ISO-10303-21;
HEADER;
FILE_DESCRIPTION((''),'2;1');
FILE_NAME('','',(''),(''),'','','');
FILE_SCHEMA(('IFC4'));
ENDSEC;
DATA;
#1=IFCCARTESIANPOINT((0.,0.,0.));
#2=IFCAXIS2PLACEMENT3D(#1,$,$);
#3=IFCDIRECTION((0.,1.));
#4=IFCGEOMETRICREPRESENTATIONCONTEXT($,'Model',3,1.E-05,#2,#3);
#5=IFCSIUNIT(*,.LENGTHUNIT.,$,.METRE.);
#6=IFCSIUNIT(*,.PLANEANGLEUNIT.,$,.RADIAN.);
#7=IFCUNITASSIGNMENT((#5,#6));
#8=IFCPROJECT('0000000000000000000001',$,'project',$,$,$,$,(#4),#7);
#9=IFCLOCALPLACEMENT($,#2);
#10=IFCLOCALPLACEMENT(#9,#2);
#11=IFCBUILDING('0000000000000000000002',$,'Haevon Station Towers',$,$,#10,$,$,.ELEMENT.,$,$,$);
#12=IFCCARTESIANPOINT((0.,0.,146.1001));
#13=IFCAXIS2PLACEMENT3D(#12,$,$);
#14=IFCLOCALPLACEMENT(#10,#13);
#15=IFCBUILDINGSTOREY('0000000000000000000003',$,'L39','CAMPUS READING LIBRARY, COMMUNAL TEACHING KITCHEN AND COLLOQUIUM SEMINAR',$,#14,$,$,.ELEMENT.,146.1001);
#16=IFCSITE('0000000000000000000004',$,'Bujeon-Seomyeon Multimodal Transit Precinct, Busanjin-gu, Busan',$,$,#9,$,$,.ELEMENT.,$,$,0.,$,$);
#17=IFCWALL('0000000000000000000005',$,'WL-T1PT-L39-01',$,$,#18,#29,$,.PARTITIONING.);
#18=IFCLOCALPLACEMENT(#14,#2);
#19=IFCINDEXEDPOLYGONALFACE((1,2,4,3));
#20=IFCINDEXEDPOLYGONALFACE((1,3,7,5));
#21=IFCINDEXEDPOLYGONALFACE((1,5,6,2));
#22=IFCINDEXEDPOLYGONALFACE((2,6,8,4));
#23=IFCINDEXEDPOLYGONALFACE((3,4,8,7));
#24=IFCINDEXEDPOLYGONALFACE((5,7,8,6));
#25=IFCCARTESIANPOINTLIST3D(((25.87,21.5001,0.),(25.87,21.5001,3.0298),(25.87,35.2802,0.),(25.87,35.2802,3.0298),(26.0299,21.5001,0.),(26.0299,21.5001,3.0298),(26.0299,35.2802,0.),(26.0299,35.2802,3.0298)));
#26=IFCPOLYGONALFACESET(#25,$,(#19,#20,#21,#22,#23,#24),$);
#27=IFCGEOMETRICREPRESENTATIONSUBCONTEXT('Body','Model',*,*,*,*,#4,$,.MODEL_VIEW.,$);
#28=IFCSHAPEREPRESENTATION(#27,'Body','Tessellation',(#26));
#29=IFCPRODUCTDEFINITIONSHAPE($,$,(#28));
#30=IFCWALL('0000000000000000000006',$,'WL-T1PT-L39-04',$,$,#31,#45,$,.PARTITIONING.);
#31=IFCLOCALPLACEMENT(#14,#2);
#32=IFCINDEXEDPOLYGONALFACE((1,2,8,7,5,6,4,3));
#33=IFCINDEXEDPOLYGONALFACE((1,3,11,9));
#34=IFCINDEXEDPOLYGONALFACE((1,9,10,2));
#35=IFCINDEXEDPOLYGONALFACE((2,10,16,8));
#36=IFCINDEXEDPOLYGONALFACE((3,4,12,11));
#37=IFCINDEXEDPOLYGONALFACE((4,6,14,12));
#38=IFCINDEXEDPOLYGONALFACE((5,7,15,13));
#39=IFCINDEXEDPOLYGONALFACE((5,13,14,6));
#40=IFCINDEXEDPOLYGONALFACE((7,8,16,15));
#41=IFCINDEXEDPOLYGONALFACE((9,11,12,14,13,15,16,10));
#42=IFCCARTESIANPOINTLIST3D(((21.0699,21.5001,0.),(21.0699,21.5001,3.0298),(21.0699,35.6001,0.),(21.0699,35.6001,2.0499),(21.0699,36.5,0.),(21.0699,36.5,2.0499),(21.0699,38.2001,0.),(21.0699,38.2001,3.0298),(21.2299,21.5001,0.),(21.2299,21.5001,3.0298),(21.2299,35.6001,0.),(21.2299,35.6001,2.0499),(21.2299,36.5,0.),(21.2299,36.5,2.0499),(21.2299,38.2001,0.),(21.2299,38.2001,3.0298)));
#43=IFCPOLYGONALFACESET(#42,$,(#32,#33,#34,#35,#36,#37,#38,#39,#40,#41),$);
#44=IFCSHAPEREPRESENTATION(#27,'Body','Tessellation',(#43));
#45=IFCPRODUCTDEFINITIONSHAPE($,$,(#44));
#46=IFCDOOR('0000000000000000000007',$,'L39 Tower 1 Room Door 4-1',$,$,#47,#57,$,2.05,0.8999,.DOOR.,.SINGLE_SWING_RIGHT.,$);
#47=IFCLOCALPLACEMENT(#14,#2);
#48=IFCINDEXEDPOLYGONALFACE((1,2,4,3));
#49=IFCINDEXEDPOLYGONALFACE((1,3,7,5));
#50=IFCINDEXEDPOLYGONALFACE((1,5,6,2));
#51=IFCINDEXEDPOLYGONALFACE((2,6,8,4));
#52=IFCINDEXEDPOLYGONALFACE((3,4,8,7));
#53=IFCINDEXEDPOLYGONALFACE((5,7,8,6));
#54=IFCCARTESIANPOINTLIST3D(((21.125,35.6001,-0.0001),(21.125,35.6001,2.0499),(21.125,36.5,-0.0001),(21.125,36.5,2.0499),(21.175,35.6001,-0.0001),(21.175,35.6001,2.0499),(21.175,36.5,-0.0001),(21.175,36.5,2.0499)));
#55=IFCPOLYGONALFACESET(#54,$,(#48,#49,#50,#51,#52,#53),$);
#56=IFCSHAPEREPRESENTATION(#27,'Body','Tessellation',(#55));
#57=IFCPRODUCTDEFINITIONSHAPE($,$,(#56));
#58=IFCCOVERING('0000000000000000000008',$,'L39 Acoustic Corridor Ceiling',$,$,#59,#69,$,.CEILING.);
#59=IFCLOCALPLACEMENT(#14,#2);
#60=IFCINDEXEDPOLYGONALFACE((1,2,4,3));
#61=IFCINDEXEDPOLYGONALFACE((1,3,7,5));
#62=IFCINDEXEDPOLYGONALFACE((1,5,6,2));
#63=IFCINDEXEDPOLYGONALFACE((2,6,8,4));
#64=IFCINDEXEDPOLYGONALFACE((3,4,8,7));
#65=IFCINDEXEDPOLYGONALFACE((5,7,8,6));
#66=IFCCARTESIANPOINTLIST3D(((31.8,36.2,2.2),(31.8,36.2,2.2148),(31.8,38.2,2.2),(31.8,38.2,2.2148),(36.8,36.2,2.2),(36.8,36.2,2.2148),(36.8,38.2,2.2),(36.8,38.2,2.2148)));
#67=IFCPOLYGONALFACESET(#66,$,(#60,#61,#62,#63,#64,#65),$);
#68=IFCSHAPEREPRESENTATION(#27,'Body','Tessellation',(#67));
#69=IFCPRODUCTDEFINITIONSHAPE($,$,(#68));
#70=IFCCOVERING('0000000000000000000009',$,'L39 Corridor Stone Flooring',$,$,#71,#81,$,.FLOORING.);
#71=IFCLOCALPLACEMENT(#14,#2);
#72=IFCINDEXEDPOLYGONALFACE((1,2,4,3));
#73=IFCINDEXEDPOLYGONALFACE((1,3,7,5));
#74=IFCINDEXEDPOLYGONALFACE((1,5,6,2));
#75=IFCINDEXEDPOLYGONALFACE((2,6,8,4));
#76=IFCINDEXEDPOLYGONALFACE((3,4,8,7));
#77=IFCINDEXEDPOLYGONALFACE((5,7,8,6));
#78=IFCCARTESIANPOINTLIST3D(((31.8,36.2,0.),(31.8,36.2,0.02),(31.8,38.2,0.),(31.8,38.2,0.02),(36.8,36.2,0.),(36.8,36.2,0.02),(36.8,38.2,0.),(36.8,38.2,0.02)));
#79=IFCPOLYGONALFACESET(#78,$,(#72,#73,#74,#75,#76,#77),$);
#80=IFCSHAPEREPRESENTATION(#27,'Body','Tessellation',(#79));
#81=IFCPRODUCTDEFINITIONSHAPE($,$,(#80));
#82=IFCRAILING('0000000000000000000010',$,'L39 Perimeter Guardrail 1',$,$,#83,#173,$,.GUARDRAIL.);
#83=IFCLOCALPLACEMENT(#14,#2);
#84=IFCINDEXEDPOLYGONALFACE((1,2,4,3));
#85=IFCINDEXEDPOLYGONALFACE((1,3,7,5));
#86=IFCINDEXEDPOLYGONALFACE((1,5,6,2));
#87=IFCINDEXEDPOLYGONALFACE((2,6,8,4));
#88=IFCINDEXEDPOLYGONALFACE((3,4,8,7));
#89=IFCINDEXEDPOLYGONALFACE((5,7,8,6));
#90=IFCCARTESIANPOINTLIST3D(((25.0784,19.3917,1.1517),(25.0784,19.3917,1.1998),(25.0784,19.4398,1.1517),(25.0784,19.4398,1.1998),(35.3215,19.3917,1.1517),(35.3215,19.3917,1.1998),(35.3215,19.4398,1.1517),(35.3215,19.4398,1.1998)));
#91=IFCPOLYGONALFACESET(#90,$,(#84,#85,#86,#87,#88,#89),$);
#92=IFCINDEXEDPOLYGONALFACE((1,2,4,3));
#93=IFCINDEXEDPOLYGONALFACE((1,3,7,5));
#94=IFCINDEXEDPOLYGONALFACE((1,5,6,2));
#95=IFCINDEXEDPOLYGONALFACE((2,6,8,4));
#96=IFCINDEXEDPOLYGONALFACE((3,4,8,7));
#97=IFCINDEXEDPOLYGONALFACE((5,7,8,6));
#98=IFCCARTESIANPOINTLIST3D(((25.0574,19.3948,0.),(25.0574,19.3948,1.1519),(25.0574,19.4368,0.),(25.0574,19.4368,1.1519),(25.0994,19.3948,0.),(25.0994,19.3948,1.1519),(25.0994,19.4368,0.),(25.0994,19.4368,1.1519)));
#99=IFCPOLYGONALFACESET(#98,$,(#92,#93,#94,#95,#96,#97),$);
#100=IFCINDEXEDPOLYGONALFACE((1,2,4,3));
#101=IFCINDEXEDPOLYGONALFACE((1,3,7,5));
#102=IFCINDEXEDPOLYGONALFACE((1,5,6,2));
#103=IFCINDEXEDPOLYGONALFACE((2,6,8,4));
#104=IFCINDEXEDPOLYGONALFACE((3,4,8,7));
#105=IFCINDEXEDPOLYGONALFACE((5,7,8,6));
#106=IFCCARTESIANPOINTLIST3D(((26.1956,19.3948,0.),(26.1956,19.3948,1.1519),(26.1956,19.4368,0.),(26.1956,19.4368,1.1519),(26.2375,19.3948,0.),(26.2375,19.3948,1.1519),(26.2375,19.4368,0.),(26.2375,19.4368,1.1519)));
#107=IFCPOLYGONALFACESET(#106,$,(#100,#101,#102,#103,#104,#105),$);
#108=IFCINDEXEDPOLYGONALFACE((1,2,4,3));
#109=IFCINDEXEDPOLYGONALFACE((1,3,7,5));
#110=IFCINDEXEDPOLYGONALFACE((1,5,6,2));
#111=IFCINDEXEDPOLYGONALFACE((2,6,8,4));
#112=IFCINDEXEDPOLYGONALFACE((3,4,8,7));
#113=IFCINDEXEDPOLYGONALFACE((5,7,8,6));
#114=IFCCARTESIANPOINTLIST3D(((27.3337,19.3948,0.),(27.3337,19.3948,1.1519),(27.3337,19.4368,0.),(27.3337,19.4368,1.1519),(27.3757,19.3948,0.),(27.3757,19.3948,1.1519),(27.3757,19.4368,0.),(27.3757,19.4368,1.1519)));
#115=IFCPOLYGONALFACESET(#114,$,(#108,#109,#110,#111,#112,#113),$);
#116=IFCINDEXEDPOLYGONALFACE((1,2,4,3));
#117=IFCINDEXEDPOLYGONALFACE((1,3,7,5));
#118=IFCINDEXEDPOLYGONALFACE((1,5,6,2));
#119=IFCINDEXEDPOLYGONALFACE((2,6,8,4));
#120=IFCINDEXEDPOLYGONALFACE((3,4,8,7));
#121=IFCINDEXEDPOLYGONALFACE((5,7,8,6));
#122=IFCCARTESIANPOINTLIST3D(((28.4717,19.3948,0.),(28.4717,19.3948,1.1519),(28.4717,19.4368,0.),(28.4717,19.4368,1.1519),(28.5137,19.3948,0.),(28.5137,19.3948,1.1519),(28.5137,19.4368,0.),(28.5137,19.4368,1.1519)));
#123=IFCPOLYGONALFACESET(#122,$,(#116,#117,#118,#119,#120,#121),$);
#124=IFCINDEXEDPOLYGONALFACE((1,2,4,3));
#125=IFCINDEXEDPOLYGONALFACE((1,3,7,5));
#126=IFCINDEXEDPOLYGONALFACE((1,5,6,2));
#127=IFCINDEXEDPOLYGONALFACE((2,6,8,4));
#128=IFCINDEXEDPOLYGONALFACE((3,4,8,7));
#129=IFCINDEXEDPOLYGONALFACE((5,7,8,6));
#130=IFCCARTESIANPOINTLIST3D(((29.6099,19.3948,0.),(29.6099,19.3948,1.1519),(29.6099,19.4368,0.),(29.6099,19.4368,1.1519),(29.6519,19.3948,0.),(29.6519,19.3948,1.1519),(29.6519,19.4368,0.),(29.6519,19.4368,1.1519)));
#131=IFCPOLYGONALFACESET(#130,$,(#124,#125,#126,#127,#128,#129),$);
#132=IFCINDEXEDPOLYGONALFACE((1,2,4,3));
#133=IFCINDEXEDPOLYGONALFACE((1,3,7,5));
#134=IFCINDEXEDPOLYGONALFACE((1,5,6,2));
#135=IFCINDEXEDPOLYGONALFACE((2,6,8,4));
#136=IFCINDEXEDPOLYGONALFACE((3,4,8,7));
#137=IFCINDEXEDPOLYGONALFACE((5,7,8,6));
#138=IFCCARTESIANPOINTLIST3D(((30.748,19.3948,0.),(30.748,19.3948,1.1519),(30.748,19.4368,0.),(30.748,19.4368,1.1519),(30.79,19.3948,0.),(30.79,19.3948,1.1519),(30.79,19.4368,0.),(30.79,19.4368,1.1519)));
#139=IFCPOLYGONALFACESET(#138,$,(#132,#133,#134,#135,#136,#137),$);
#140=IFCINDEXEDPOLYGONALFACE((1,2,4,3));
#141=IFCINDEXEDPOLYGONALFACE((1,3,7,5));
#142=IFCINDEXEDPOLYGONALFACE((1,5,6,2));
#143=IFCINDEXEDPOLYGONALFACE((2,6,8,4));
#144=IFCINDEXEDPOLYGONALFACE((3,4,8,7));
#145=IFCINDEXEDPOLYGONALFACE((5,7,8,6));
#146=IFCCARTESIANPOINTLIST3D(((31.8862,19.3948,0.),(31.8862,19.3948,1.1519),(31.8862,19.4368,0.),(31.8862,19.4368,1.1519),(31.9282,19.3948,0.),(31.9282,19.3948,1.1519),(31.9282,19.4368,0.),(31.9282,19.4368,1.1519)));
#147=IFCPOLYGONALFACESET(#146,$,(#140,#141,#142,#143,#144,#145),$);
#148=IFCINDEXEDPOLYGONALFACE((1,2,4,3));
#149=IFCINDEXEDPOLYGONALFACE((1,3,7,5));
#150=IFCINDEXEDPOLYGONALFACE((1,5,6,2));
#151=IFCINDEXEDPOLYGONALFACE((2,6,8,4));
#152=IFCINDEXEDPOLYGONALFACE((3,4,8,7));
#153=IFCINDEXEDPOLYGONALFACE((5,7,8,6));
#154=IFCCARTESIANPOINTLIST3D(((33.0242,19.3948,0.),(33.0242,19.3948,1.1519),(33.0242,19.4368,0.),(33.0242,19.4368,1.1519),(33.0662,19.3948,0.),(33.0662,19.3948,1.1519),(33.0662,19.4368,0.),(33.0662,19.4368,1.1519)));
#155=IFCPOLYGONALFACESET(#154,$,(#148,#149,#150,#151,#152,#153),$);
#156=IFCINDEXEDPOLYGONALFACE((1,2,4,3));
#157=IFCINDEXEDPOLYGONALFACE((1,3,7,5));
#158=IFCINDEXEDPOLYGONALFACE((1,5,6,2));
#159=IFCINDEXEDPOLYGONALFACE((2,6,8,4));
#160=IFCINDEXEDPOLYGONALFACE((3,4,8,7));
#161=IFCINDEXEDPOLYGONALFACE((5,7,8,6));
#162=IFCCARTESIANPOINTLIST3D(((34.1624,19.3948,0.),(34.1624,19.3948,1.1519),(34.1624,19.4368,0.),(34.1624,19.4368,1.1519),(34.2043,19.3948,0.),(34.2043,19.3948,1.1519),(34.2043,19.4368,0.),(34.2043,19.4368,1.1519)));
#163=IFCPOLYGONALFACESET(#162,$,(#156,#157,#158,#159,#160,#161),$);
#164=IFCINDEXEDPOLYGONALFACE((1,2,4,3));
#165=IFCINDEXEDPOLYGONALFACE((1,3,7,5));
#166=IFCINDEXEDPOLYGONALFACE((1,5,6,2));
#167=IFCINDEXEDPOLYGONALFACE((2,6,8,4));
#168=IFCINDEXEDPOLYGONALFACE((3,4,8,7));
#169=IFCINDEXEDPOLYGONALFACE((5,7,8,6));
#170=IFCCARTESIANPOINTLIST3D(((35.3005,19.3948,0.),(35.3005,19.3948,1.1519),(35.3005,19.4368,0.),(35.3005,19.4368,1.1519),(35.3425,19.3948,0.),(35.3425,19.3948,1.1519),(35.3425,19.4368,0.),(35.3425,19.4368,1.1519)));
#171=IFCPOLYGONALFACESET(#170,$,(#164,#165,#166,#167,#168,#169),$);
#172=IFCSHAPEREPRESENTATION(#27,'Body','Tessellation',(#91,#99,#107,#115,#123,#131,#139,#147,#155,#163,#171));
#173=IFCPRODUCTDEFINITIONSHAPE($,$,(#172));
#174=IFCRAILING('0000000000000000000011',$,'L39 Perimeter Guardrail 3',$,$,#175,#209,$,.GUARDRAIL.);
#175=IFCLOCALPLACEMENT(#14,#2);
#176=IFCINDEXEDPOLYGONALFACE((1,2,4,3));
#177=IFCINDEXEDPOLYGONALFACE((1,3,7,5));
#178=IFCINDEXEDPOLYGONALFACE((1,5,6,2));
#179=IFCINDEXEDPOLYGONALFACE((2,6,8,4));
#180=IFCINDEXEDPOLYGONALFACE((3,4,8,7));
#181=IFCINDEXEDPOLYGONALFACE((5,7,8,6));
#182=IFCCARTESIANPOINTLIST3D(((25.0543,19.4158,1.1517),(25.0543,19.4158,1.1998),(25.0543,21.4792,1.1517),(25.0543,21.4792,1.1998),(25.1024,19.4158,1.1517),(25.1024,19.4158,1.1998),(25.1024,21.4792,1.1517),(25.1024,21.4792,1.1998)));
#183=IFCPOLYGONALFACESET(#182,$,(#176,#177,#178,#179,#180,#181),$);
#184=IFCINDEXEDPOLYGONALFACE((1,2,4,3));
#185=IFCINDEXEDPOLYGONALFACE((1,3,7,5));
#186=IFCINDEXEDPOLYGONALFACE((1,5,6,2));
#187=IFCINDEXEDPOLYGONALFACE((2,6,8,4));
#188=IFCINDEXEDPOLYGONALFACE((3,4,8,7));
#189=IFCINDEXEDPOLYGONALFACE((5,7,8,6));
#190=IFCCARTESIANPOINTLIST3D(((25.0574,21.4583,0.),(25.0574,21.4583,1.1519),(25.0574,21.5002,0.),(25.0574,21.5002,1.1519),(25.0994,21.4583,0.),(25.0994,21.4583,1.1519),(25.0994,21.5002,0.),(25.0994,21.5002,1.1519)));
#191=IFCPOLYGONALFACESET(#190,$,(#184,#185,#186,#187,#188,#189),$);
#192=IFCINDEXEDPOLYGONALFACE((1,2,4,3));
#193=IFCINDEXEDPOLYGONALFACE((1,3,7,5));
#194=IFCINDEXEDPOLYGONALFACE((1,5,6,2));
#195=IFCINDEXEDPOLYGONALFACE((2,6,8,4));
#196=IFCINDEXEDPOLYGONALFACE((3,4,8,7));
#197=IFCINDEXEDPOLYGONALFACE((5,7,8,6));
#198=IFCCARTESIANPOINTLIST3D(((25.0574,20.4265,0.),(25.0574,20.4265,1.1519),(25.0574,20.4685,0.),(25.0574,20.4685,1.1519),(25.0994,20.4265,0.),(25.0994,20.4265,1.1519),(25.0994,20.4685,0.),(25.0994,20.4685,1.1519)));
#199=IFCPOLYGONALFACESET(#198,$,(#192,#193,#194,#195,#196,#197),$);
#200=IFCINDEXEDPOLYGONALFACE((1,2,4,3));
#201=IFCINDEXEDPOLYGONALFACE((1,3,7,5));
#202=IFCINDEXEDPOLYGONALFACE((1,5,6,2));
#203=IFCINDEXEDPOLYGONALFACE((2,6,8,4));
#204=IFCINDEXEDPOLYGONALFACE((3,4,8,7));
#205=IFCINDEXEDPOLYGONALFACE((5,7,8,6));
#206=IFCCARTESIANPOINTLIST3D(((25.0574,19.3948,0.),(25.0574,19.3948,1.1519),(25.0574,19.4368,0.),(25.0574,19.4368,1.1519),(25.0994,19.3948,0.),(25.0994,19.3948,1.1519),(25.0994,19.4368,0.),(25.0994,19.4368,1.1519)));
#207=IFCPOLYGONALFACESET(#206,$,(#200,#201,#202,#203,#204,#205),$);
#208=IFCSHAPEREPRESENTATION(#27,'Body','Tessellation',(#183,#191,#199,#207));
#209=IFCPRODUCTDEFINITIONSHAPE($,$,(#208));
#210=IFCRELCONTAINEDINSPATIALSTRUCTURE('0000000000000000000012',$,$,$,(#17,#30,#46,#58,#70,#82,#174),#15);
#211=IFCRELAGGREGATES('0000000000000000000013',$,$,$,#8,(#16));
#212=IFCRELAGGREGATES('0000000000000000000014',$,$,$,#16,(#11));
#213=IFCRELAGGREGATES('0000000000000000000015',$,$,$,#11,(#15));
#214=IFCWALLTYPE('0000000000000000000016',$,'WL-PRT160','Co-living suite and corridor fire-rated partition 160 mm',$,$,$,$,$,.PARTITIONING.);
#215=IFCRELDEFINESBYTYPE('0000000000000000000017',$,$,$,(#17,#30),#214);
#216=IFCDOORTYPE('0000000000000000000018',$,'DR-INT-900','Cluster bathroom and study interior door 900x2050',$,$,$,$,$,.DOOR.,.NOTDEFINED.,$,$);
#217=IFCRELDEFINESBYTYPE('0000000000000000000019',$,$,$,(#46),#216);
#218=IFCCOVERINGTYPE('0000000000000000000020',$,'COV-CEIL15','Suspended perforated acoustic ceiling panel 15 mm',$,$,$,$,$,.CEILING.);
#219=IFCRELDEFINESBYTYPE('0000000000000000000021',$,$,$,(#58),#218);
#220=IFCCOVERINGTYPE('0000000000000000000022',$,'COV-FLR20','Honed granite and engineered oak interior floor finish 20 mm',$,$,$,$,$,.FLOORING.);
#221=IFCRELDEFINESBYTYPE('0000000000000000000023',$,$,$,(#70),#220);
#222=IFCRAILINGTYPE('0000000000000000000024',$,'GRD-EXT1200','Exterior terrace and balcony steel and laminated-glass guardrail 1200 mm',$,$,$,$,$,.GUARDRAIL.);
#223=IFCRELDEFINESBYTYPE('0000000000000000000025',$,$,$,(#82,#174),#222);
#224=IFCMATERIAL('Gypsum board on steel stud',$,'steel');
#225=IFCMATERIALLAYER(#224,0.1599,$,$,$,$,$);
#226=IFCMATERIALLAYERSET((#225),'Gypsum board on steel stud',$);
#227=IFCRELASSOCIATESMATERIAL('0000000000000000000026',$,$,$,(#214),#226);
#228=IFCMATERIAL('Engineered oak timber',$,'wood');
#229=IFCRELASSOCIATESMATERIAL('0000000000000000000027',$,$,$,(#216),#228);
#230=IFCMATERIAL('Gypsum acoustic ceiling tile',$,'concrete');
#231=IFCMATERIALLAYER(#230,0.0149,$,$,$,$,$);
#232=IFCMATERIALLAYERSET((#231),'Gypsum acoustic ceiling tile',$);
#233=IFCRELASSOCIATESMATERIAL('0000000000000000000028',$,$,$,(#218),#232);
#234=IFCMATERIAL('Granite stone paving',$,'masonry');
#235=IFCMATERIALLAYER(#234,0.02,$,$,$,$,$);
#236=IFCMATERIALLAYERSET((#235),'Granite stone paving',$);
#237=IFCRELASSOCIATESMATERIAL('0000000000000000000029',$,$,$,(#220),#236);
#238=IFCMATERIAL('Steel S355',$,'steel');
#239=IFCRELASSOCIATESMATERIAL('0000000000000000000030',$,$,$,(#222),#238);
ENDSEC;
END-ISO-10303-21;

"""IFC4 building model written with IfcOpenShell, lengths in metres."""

from ifc_helpers import new_model, si_unit, direction, frame, frame_2d, origin, origin_2d, place, context, subcontext, project, spatial, polyline, rectangle, outline, extrude, material, layer, layer_set, type_object, element, fill, save


model = new_model("IFC4")

# Units and contexts
model_context = context("Model", 3, precision=1e-05, world=origin(), true_north=direction((0.0, 1.0)))
body_context = subcontext(model_context, "Body", "Model", "MODEL_VIEW")
ifc_project = project(units=[si_unit("LENGTHUNIT", "METRE"), si_unit("PLANEANGLEUNIT", "RADIAN")], contexts=[model_context])

# Site, building, storey
site_placement = place(None, origin())
site = spatial("IfcSite", under=ifc_project, at=site_placement, Name="Bujeon-Seomyeon Multimodal Transit Precinct, Busanjin-gu, Busan", CompositionType="ELEMENT", RefElevation=0.0)
building_placement = place(site_placement, origin())
building = spatial("IfcBuilding", under=site, at=building_placement, Name="Haevon Station Towers", CompositionType="ELEMENT")
storey_placement = place(building_placement, frame((0.0, 0.0, 146.1001)))
storey = spatial("IfcBuildingStorey", under=building, at=storey_placement, Name="L39", Description="CAMPUS READING LIBRARY, COMMUNAL TEACHING KITCHEN AND COLLOQUIUM SEMINAR", CompositionType="ELEMENT", Elevation=146.1001)

# Shared definitions
ifc_material_1 = material(Name="Steel S355", Category="steel")

# Wall
ifc_material_2 = material(Name="Gypsum board on steel stud", Category="steel")
ifc_layer_1 = layer(ifc_material_2, 0.1599)
ifc_layer_set_1 = layer_set([ifc_layer_1], Name="Gypsum board on steel stud")
wall_type_1 = type_object("IfcWallType", Name="WL-PRT160", Description="Co-living suite and corridor fire-rated partition 160 mm", PredefinedType="PARTITIONING", material=ifc_layer_set_1)
wall_1_placement = place(storey_placement, frame((25.95, 21.5, 0.0), z_axis=(0.0, 0.0, 1.0), x_axis=(0.0, 1.0, 0.0)))
element("IfcWall", 1, at=wall_1_placement, inside=storey, type_object=wall_type_1, Name="WL-T1PT-L39-01", PredefinedType="PARTITIONING", context=body_context, shape_type="SweptSolid", body=[
    extrude(rectangle(XDim=13.78, YDim=0.1599, at=frame_2d((6.8901, 0.0))), origin(), (0.0, 0.0, 1.0), 3.0298),
])

# Wall, opening, door
wall_2_placement = place(storey_placement, frame((21.1499, 21.5, 0.0), z_axis=(0.0, 0.0, 1.0), x_axis=(0.0, 1.0, 0.0)))
wall_2 = element("IfcWall", 2, at=wall_2_placement, inside=storey, type_object=wall_type_1, Name="WL-T1PT-L39-04", PredefinedType="PARTITIONING", context=body_context, shape_type="SweptSolid", body=[
    extrude(rectangle(XDim=16.7, YDim=0.1599, at=frame_2d((8.3501, 0.0))), origin(), (0.0, 0.0, 1.0), 3.0298),
])
opening_placement = place(wall_2_placement, frame((14.1001, 0.0, 0.0)))
opening = element("IfcOpeningElement", 3, at=opening_placement, cuts=wall_2, PredefinedType="OPENING", context=body_context, shape_type="SweptSolid", body=[
    extrude(rectangle(XDim=0.8999, YDim=2.05, at=frame_2d((0.45, 1.0249))), frame((0.0, 0.0898, 0.0), z_axis=(0.0, -1.0, 0.0), x_axis=(1.0, 0.0, 0.0)), (0.0, 0.0, 1.0), 0.1799),
])
ifc_material_3 = material(Name="Engineered oak timber", Category="wood")
door_type = type_object("IfcDoorType", Name="DR-INT-900", Description="Cluster bathroom and study interior door 900x2050", OperationType="NOTDEFINED", PredefinedType="DOOR", material=ifc_material_3)
door_placement = place(opening_placement, origin())
door = element("IfcDoor", 4, at=door_placement, inside=storey, type_object=door_type, Name="L39 Tower 1 Room Door 4-1", OperationType="SINGLE_SWING_RIGHT", OverallHeight=2.05, OverallWidth=0.8999, PredefinedType="DOOR", context=body_context, shape_type="SweptSolid", body=[
    extrude(rectangle(XDim=0.8999, YDim=2.05, at=frame_2d((0.45, 1.0249))), frame((0.0, 0.0249, 0.0), z_axis=(0.0, -1.0, 0.0), x_axis=(1.0, 0.0, 0.0)), (0.0, 0.0, 1.0), 0.05),
])
fill(opening, door)

# Coverings
ifc_material_4 = material(Name="Gypsum acoustic ceiling tile", Category="concrete")
ifc_layer_2 = layer(ifc_material_4, 0.0149)
ifc_layer_set_2 = layer_set([ifc_layer_2], Name="Gypsum acoustic ceiling tile")
covering_type_1 = type_object("IfcCoveringType", Name="COV-CEIL15", Description="Suspended perforated acoustic ceiling panel 15 mm", PredefinedType="CEILING", material=ifc_layer_set_2)
covering_1_placement = place(storey_placement, frame((0.0, 0.0, 2.2)))
element("IfcCovering", 5, at=covering_1_placement, inside=storey, type_object=covering_type_1, Name="L39 Acoustic Corridor Ceiling", PredefinedType="CEILING", context=body_context, shape_type="SweptSolid", body=[
    extrude(outline(polyline([(31.8, 36.2), (36.8, 36.2), (36.8, 38.2), (31.8, 38.2), (31.8, 36.2)])), origin(), (0.0, 0.0, 1.0), 0.0149),
])
ifc_material_5 = material(Name="Granite stone paving", Category="masonry")
ifc_layer_3 = layer(ifc_material_5, 0.02)
ifc_layer_set_3 = layer_set([ifc_layer_3], Name="Granite stone paving")
covering_type_2 = type_object("IfcCoveringType", Name="COV-FLR20", Description="Honed granite and engineered oak interior floor finish 20 mm", PredefinedType="FLOORING", material=ifc_layer_set_3)
covering_2_placement = place(storey_placement, origin())
element("IfcCovering", 6, at=covering_2_placement, inside=storey, type_object=covering_type_2, Name="L39 Corridor Stone Flooring", PredefinedType="FLOORING", context=body_context, shape_type="SweptSolid", body=[
    extrude(outline(polyline([(31.8, 36.2), (36.8, 36.2), (36.8, 38.2), (31.8, 38.2), (31.8, 36.2)])), origin(), (0.0, 0.0, 1.0), 0.02),
])

# Railings
railing_type = type_object("IfcRailingType", Name="GRD-EXT1200", Description="Exterior terrace and balcony steel and laminated-glass guardrail 1200 mm", PredefinedType="GUARDRAIL", material=ifc_material_1)
railing_1_placement = place(storey_placement, frame((25.0784, 19.4158, 0.0)))
element("IfcRailing", 7, at=railing_1_placement, inside=storey, type_object=railing_type, Name="L39 Perimeter Guardrail 1", PredefinedType="GUARDRAIL", context=body_context, shape_type="SweptSolid", body=[
    extrude(rectangle(XDim=0.0481, YDim=0.0481, at=origin_2d()), frame((0.0, 0.0, 1.1758), z_axis=(1.0, 0.0, 0.0), x_axis=(0.0, 1.0, 0.0)), (0.0, 0.0, 1.0), 10.2432),
    extrude(rectangle(XDim=0.042, YDim=0.042, at=origin_2d()), origin(), (0.0, 0.0, 1.0), 1.1519),
    extrude(rectangle(XDim=0.042, YDim=0.042, at=origin_2d()), frame((1.1382, 0.0, 0.0)), (0.0, 0.0, 1.0), 1.1519),
    extrude(rectangle(XDim=0.042, YDim=0.042, at=origin_2d()), frame((2.2764, 0.0, 0.0)), (0.0, 0.0, 1.0), 1.1519),
    extrude(rectangle(XDim=0.042, YDim=0.042, at=origin_2d()), frame((3.4143, 0.0, 0.0)), (0.0, 0.0, 1.0), 1.1519),
    extrude(rectangle(XDim=0.042, YDim=0.042, at=origin_2d()), frame((4.5525, 0.0, 0.0)), (0.0, 0.0, 1.0), 1.1519),
    extrude(rectangle(XDim=0.042, YDim=0.042, at=origin_2d()), frame((5.6907, 0.0, 0.0)), (0.0, 0.0, 1.0), 1.1519),
    extrude(rectangle(XDim=0.042, YDim=0.042, at=origin_2d()), frame((6.8289, 0.0, 0.0)), (0.0, 0.0, 1.0), 1.1519),
    extrude(rectangle(XDim=0.042, YDim=0.042, at=origin_2d()), frame((7.9668, 0.0, 0.0)), (0.0, 0.0, 1.0), 1.1519),
    extrude(rectangle(XDim=0.042, YDim=0.042, at=origin_2d()), frame((9.105, 0.0, 0.0)), (0.0, 0.0, 1.0), 1.1519),
    extrude(rectangle(XDim=0.042, YDim=0.042, at=origin_2d()), frame((10.2432, 0.0, 0.0)), (0.0, 0.0, 1.0), 1.1519),
])
railing_2_placement = place(storey_placement, frame((25.0784, 21.4792, 0.0)))
element("IfcRailing", 8, at=railing_2_placement, inside=storey, type_object=railing_type, Name="L39 Perimeter Guardrail 3", PredefinedType="GUARDRAIL", context=body_context, shape_type="SweptSolid", body=[
    extrude(rectangle(XDim=0.0481, YDim=0.0481, at=origin_2d()), frame((0.0, 0.0, 1.1758), z_axis=(0.0, -1.0, 0.0), x_axis=(1.0, 0.0, 0.0)), (0.0, 0.0, 1.0), 2.0635),
    extrude(rectangle(XDim=0.042, YDim=0.042, at=origin_2d()), origin(), (0.0, 0.0, 1.0), 1.1519),
    extrude(rectangle(XDim=0.042, YDim=0.042, at=origin_2d()), frame((0.0, -1.0317, 0.0)), (0.0, 0.0, 1.0), 1.1519),
    extrude(rectangle(XDim=0.042, YDim=0.042, at=origin_2d()), frame((0.0, -2.0635, 0.0)), (0.0, 0.0, 1.0), 1.1519),
])

save(model, "model.ifc")
